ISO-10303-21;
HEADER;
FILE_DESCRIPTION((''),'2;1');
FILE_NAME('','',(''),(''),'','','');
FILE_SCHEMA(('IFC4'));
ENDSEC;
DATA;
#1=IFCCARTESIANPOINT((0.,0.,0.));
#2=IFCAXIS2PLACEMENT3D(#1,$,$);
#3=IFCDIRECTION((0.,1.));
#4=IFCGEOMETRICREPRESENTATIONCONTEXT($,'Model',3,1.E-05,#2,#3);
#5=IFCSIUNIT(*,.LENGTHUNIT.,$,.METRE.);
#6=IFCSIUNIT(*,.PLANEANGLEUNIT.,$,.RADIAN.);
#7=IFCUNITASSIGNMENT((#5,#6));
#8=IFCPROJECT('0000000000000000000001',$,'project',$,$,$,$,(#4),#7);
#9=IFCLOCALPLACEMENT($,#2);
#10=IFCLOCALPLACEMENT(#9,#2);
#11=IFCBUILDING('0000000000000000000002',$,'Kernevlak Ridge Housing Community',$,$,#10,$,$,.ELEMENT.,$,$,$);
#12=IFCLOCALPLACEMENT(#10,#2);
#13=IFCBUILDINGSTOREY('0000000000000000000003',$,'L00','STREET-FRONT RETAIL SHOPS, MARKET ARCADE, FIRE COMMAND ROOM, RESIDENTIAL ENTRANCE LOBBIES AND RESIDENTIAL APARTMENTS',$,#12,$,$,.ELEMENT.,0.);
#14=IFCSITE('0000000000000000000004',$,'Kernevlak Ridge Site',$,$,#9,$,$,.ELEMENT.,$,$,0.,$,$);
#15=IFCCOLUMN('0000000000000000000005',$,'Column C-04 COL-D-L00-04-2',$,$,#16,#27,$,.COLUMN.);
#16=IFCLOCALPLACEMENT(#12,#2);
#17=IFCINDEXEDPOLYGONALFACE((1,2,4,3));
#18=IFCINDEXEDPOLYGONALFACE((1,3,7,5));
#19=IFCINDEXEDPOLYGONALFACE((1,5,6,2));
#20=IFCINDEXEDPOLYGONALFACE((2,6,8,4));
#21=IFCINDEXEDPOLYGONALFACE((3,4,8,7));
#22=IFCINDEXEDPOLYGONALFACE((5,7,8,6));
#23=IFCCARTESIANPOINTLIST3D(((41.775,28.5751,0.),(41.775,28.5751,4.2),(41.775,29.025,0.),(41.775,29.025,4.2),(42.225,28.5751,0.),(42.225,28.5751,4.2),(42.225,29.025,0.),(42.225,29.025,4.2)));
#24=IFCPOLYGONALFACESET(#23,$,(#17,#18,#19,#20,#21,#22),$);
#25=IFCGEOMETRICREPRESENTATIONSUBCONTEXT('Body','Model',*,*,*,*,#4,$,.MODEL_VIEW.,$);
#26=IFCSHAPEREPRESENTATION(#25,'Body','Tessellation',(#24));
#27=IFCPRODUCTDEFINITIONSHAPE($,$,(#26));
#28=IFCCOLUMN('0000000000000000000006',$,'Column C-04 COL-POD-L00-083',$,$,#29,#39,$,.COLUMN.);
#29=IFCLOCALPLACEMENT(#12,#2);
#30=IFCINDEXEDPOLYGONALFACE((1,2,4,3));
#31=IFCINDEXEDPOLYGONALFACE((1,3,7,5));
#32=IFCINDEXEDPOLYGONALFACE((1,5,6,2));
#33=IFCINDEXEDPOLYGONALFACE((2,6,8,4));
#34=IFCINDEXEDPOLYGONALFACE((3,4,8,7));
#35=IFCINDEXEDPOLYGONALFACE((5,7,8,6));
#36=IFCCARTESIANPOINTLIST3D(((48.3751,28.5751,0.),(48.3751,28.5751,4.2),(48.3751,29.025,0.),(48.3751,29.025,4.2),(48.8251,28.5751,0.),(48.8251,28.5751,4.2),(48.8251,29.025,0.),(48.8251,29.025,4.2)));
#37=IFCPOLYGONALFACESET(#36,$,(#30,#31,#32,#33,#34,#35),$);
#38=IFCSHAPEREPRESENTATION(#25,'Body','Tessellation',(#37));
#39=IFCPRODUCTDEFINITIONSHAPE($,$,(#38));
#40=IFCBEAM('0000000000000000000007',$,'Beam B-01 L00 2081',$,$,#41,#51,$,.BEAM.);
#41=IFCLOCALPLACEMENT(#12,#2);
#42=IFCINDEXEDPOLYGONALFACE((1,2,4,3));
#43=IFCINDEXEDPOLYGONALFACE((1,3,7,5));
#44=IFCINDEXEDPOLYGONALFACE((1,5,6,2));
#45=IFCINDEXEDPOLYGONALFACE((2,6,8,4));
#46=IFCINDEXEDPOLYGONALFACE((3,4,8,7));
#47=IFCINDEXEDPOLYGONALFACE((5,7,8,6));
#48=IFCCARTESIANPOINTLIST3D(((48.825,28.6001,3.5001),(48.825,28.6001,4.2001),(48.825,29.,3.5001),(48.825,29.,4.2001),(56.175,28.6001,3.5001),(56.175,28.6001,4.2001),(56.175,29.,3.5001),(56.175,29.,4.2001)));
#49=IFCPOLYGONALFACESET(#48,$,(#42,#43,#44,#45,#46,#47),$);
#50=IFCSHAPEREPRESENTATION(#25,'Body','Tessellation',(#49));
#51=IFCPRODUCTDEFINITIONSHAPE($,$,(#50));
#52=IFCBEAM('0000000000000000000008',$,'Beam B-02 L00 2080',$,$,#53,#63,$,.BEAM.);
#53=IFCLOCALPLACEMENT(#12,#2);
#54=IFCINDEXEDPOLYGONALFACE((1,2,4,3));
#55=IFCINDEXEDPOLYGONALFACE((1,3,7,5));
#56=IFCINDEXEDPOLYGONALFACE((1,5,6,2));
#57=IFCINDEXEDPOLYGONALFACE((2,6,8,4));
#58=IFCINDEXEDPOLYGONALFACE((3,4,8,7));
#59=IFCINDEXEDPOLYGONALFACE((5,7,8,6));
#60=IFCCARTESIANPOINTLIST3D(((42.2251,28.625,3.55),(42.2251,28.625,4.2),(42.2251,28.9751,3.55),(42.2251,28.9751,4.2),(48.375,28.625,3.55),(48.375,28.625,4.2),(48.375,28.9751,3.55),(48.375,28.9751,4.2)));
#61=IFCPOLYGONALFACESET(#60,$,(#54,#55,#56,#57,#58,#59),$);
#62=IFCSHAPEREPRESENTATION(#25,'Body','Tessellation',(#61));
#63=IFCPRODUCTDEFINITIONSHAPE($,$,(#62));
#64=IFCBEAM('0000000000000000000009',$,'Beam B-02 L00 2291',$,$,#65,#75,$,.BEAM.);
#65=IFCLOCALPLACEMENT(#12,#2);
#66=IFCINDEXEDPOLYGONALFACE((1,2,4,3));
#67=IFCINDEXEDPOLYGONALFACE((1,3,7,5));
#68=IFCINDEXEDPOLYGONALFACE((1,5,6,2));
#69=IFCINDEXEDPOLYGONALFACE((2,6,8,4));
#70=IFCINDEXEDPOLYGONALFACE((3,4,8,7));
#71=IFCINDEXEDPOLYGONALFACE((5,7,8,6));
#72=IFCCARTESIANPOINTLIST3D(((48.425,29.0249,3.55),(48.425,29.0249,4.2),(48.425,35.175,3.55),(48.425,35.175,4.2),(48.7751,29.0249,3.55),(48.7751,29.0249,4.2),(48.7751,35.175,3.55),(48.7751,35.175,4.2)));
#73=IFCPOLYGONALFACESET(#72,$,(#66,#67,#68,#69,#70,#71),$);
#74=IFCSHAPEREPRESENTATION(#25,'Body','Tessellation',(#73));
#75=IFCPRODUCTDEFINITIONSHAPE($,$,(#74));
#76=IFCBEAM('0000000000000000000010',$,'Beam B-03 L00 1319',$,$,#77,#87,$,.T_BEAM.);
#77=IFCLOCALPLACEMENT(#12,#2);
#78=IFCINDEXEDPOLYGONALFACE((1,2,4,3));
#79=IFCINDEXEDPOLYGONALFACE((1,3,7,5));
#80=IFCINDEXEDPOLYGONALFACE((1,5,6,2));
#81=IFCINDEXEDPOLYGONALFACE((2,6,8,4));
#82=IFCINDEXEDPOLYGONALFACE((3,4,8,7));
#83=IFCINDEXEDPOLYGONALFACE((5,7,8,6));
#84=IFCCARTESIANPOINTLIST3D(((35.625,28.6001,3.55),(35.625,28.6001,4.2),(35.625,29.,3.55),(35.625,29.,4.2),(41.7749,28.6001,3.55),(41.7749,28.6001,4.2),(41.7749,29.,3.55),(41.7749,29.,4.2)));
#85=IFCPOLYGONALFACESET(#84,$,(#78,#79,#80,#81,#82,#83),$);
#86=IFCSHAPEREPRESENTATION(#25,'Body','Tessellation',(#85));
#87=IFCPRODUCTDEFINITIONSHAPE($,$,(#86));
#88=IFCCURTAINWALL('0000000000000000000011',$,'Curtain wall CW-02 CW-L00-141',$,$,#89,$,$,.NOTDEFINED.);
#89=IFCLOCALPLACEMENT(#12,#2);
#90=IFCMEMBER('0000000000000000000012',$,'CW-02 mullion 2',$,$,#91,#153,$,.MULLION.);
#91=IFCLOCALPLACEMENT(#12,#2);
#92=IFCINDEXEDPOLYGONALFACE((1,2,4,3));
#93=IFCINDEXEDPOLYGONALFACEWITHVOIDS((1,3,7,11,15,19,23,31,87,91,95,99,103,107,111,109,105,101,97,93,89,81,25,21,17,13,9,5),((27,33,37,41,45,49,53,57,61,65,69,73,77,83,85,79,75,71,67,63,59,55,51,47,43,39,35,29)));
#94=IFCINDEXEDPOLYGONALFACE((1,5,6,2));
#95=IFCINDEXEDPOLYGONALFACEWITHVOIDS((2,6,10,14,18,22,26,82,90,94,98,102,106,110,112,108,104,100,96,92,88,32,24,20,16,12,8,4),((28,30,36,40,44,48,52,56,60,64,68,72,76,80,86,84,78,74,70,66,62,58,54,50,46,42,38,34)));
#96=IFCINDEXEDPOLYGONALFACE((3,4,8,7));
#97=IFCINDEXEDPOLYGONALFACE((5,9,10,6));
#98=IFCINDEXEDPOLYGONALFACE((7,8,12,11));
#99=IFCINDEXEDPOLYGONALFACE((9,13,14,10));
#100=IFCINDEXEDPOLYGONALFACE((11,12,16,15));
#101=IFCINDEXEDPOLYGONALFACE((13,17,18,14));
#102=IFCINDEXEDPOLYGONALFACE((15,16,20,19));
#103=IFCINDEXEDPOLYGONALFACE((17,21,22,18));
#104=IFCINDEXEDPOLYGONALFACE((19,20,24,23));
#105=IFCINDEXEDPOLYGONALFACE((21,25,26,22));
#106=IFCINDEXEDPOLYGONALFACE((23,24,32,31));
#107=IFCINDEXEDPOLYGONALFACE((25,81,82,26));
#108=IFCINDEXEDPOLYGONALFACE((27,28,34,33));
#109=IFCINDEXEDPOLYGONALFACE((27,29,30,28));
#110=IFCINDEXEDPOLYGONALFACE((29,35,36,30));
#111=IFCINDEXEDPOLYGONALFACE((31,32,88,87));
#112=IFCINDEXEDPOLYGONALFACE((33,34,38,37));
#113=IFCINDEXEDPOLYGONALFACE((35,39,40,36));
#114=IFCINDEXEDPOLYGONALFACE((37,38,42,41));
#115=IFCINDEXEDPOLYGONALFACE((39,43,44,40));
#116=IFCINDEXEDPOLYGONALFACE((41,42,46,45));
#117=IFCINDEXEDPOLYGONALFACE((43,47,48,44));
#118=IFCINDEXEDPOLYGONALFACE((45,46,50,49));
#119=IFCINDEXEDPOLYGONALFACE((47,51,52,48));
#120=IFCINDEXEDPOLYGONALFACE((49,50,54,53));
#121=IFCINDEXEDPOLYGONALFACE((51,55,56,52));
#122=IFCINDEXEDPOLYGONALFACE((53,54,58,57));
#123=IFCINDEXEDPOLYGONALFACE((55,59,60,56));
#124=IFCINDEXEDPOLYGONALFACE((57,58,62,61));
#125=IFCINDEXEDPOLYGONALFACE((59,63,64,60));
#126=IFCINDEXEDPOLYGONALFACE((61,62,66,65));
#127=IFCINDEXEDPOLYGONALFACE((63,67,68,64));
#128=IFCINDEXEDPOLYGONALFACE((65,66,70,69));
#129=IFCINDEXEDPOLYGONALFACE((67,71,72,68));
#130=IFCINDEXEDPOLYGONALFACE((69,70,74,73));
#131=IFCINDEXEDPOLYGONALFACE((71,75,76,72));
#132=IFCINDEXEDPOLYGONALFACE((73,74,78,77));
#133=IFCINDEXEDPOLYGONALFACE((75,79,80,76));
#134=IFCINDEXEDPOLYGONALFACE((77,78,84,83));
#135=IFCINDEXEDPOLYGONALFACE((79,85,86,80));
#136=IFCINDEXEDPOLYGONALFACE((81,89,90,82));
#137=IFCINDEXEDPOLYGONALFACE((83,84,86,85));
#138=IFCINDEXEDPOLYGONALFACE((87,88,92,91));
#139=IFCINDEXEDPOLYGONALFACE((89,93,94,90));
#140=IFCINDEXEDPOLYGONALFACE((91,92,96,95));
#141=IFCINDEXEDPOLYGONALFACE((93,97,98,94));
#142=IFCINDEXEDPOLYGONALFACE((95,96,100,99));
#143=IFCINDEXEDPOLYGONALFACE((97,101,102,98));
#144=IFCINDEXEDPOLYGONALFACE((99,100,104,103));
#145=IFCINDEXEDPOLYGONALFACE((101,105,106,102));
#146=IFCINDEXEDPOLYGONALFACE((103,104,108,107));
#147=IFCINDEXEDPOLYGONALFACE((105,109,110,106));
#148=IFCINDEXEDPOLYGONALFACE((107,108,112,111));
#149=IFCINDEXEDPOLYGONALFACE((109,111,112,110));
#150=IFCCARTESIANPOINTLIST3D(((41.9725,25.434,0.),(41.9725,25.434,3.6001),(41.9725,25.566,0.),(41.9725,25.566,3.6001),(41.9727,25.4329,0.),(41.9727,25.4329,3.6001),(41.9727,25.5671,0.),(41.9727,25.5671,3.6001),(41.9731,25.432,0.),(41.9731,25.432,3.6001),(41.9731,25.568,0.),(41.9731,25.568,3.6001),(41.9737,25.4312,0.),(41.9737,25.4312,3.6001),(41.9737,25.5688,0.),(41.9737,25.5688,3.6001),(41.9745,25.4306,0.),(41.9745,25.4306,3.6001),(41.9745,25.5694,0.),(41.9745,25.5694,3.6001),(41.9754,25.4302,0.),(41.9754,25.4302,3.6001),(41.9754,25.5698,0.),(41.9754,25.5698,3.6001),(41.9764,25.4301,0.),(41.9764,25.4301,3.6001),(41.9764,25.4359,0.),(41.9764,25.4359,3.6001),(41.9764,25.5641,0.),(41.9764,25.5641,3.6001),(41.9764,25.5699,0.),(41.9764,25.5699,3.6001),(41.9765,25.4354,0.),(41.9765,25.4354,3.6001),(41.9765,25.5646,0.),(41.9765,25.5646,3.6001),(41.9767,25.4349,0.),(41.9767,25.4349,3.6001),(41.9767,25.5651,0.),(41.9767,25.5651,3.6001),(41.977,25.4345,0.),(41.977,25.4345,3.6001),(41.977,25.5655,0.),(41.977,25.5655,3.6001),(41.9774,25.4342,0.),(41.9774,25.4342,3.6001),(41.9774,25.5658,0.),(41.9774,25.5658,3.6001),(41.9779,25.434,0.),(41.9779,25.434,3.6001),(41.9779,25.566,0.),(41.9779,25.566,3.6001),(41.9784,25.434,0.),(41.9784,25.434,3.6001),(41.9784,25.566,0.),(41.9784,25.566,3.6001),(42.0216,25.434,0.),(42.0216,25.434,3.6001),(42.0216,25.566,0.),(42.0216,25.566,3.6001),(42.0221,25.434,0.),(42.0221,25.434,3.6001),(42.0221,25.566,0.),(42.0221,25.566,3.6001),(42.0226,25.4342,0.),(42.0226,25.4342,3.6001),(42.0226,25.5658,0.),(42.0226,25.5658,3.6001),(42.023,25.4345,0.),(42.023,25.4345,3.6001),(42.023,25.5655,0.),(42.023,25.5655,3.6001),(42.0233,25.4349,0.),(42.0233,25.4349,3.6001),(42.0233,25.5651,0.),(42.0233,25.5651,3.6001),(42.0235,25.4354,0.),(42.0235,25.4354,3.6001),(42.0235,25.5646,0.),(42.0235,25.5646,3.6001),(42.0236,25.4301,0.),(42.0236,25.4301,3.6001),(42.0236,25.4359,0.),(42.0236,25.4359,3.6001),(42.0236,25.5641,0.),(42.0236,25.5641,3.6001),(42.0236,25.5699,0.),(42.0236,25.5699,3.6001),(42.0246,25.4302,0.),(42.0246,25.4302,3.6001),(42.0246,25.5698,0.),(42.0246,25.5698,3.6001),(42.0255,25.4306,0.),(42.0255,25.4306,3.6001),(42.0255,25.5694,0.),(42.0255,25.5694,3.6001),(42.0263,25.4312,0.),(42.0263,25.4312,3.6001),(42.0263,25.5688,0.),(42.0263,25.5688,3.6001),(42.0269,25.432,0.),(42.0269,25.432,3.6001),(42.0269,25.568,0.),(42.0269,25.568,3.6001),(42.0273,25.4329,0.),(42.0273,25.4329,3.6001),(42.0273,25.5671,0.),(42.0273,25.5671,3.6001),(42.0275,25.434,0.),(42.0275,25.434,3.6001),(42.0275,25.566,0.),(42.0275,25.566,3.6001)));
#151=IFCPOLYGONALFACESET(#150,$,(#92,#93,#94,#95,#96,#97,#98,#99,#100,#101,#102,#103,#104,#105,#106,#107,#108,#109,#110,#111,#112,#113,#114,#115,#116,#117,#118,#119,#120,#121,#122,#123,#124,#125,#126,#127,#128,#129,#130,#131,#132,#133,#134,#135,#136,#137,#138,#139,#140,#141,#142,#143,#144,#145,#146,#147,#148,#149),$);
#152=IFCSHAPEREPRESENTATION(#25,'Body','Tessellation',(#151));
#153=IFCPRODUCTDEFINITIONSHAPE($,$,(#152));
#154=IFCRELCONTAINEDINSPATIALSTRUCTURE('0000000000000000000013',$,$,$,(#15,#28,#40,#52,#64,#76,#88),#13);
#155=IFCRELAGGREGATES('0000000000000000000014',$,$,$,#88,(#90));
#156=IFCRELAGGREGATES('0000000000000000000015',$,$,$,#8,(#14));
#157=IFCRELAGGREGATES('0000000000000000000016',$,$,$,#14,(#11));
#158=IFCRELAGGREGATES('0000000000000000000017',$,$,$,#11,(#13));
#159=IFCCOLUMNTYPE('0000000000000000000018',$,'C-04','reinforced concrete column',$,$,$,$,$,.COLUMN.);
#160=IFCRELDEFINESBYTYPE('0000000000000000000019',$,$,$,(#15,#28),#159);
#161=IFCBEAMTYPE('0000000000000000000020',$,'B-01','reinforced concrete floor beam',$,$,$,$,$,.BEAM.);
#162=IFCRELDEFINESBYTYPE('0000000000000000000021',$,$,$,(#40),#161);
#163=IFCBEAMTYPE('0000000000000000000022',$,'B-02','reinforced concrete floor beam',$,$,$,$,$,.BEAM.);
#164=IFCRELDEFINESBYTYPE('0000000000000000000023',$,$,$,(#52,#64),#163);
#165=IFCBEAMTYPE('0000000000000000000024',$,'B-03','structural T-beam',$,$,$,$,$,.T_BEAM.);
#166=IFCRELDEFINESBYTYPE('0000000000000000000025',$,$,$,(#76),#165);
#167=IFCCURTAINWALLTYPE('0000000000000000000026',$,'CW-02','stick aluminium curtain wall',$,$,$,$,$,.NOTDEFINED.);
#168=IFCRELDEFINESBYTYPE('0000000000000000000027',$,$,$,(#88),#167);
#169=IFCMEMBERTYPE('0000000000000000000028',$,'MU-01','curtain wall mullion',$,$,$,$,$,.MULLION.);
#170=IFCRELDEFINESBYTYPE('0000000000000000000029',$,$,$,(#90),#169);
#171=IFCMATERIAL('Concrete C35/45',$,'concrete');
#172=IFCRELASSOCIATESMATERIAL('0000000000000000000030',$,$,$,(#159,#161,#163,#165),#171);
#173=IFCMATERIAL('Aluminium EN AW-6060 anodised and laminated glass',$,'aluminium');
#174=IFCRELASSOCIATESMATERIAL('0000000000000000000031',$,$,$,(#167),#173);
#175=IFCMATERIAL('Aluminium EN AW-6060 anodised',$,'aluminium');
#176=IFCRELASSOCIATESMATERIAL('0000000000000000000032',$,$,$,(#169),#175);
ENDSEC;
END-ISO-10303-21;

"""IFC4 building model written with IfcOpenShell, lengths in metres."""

from ifc_helpers import new_model, si_unit, direction, frame, origin, origin_2d, place, context, subcontext, project, spatial, rectangle, hollow_rectangle, extrude, material, material_profile, profile_set, type_object, element, aggregate, save


model = new_model("IFC4")

# Units and contexts
model_context = context("Model", 3, precision=1e-05, world=origin(), true_north=direction((0.0, 1.0)))
body_context = subcontext(model_context, "Body", "Model", "MODEL_VIEW")
ifc_project = project(units=[si_unit("LENGTHUNIT", "METRE"), si_unit("PLANEANGLEUNIT", "RADIAN")], contexts=[model_context])

# Site, building, storey
site_placement = place(None, origin())
site = spatial("IfcSite", under=ifc_project, at=site_placement, Name="Kernevlak Ridge Site", CompositionType="ELEMENT", RefElevation=0.0)
building_placement = place(site_placement, origin())
building = spatial("IfcBuilding", under=site, at=building_placement, Name="Kernevlak Ridge Housing Community", CompositionType="ELEMENT")
storey_placement = place(building_placement, origin())
storey = spatial("IfcBuildingStorey", under=building, at=storey_placement, Name="L00", Description="STREET-FRONT RETAIL SHOPS, MARKET ARCADE, FIRE COMMAND ROOM, RESIDENTIAL ENTRANCE LOBBIES AND RESIDENTIAL APARTMENTS", CompositionType="ELEMENT", Elevation=0.0)

# Columns
ifc_material_1 = material(Name="Concrete C35/45", Category="concrete")
ifc_material_profile_1 = material_profile(ifc_material_1, rectangle(XDim=0.45, YDim=0.45, at=origin_2d()), Name="RC 450x450")
ifc_profile_set_1 = profile_set([ifc_material_profile_1], Name="Concrete C35/45")
column_type = type_object("IfcColumnType", Name="C-04", Description="reinforced concrete column", PredefinedType="COLUMN", material=ifc_profile_set_1)
for number, where, z_axis, x_axis, name in (
    (1, (42.0, 28.8, 0.0), (0.0, 0.0, 1.0), (1.0, 0.0, 0.0), "Column C-04 COL-D-L00-04-2"),
    (2, (48.6001, 28.8, 0.0), (0.0, 0.0, 1.0), (1.0, 0.0, 0.0), "Column C-04 COL-POD-L00-083"),
):
    element("IfcColumn", number, at=place(storey_placement, frame(where, z_axis=z_axis, x_axis=x_axis)), inside=storey, type_object=column_type, Name=name, PredefinedType="COLUMN", context=body_context, shape_type="SweptSolid", body=[
        extrude(rectangle(XDim=0.45, YDim=0.45, at=origin_2d()), origin(), (0.0, 0.0, 1.0), 4.2),
    ])

# Beams
ifc_material_profile_2 = material_profile(ifc_material_1, rectangle(XDim=0.3999, YDim=0.7, at=origin_2d()), Name="RC 400x700")
ifc_profile_set_2 = profile_set([ifc_material_profile_2], Name="Concrete C35/45")
beam_type_1 = type_object("IfcBeamType", Name="B-01", Description="reinforced concrete floor beam", PredefinedType="BEAM", material=ifc_profile_set_2)
beam_1_placement = place(storey_placement, frame((48.825, 28.8, 3.8501), z_axis=(1.0, 0.0, 0.0), x_axis=(0.0, 1.0, 0.0)))
element("IfcBeam", 3, at=beam_1_placement, inside=storey, type_object=beam_type_1, Name="Beam B-01 L00 2081", PredefinedType="BEAM", context=body_context, shape_type="SweptSolid", body=[
    extrude(rectangle(XDim=0.3999, YDim=0.7, at=origin_2d()), origin(), (0.0, 0.0, 1.0), 7.3501),
])
ifc_material_profile_3 = material_profile(ifc_material_1, rectangle(XDim=0.3501, YDim=0.6499, at=origin_2d()), Name="RC 350x650")
ifc_profile_set_3 = profile_set([ifc_material_profile_3], Name="Concrete C35/45")
beam_type_2 = type_object("IfcBeamType", Name="B-02", Description="reinforced concrete floor beam", PredefinedType="BEAM", material=ifc_profile_set_3)
beam_2_placement = place(storey_placement, frame((42.2251, 28.8, 3.875), z_axis=(1.0, 0.0, 0.0), x_axis=(0.0, 1.0, 0.0)))
element("IfcBeam", 4, at=beam_2_placement, inside=storey, type_object=beam_type_2, Name="Beam B-02 L00 2080", PredefinedType="BEAM", context=body_context, shape_type="SweptSolid", body=[
    extrude(rectangle(XDim=0.3501, YDim=0.6499, at=origin_2d()), origin(), (0.0, 0.0, 1.0), 6.1499),
])
beam_3_placement = place(storey_placement, frame((48.6001, 29.0249, 3.875), z_axis=(0.0, 1.0, 0.0), x_axis=(-1.0, 0.0, 0.0)))
element("IfcBeam", 5, at=beam_3_placement, inside=storey, type_object=beam_type_2, Name="Beam B-02 L00 2291", PredefinedType="BEAM", context=body_context, shape_type="SweptSolid", body=[
    extrude(rectangle(XDim=0.3501, YDim=0.6499, at=origin_2d()), origin(), (0.0, 0.0, 1.0), 6.1501),
])
ifc_material_profile_4 = material_profile(ifc_material_1, rectangle(XDim=0.3999, YDim=0.6499, at=origin_2d()), Name="RC 400x650")
ifc_profile_set_4 = profile_set([ifc_material_profile_4], Name="Concrete C35/45")
beam_type_3 = type_object("IfcBeamType", Name="B-03", Description="structural T-beam", PredefinedType="T_BEAM", material=ifc_profile_set_4)
beam_4_placement = place(storey_placement, frame((35.625, 28.8, 3.875), z_axis=(1.0, 0.0, 0.0), x_axis=(0.0, 1.0, 0.0)))
element("IfcBeam", 6, at=beam_4_placement, inside=storey, type_object=beam_type_3, Name="Beam B-03 L00 1319", PredefinedType="T_BEAM", context=body_context, shape_type="SweptSolid", body=[
    extrude(rectangle(XDim=0.3999, YDim=0.6499, at=origin_2d()), origin(), (0.0, 0.0, 1.0), 6.1499),
])

# Curtain wall, member
ifc_material_2 = material(Name="Aluminium EN AW-6060 anodised and laminated glass", Category="aluminium")
curtain_wall_type = type_object("IfcCurtainWallType", Name="CW-02", Description="stick aluminium curtain wall", PredefinedType="NOTDEFINED", material=ifc_material_2)
curtain_wall_placement = place(storey_placement, origin())
curtain_wall = element("IfcCurtainWall", 7, at=curtain_wall_placement, inside=storey, type_object=curtain_wall_type, Name="Curtain wall CW-02 CW-L00-141", PredefinedType="NOTDEFINED")
ifc_material_3 = material(Name="Aluminium EN AW-6060 anodised", Category="aluminium")
ifc_material_profile_5 = material_profile(ifc_material_3, hollow_rectangle(XDim=0.0549, YDim=0.1399, WallThickness=0.0039, InnerFilletRadius=0.002, OuterFilletRadius=0.0039, at=origin_2d()), Name="ALU 55x140x4")
ifc_profile_set_5 = profile_set([ifc_material_profile_5], Name="Aluminium EN AW-6060 anodised")
member_type_1 = type_object("IfcMemberType", Name="MU-01", Description="curtain wall mullion", PredefinedType="MULLION", material=ifc_profile_set_5)
member_1_placement = place(storey_placement, frame((42.0, 25.5, 0.0), z_axis=(0.0, 0.0, 1.0), x_axis=(-1.0, 0.0, 0.0)))
member_1 = element("IfcMember", 8, at=member_1_placement, type_object=member_type_1, Name="CW-02 mullion 2", PredefinedType="MULLION", context=body_context, shape_type="SweptSolid", body=[
    extrude(hollow_rectangle(XDim=0.0549, YDim=0.1399, WallThickness=0.0039, InnerFilletRadius=0.002, OuterFilletRadius=0.0039, at=origin_2d()), origin(), (0.0, 0.0, 1.0), 3.6001),
])

aggregate(curtain_wall, [member_1])

save(model, "model.ifc")
